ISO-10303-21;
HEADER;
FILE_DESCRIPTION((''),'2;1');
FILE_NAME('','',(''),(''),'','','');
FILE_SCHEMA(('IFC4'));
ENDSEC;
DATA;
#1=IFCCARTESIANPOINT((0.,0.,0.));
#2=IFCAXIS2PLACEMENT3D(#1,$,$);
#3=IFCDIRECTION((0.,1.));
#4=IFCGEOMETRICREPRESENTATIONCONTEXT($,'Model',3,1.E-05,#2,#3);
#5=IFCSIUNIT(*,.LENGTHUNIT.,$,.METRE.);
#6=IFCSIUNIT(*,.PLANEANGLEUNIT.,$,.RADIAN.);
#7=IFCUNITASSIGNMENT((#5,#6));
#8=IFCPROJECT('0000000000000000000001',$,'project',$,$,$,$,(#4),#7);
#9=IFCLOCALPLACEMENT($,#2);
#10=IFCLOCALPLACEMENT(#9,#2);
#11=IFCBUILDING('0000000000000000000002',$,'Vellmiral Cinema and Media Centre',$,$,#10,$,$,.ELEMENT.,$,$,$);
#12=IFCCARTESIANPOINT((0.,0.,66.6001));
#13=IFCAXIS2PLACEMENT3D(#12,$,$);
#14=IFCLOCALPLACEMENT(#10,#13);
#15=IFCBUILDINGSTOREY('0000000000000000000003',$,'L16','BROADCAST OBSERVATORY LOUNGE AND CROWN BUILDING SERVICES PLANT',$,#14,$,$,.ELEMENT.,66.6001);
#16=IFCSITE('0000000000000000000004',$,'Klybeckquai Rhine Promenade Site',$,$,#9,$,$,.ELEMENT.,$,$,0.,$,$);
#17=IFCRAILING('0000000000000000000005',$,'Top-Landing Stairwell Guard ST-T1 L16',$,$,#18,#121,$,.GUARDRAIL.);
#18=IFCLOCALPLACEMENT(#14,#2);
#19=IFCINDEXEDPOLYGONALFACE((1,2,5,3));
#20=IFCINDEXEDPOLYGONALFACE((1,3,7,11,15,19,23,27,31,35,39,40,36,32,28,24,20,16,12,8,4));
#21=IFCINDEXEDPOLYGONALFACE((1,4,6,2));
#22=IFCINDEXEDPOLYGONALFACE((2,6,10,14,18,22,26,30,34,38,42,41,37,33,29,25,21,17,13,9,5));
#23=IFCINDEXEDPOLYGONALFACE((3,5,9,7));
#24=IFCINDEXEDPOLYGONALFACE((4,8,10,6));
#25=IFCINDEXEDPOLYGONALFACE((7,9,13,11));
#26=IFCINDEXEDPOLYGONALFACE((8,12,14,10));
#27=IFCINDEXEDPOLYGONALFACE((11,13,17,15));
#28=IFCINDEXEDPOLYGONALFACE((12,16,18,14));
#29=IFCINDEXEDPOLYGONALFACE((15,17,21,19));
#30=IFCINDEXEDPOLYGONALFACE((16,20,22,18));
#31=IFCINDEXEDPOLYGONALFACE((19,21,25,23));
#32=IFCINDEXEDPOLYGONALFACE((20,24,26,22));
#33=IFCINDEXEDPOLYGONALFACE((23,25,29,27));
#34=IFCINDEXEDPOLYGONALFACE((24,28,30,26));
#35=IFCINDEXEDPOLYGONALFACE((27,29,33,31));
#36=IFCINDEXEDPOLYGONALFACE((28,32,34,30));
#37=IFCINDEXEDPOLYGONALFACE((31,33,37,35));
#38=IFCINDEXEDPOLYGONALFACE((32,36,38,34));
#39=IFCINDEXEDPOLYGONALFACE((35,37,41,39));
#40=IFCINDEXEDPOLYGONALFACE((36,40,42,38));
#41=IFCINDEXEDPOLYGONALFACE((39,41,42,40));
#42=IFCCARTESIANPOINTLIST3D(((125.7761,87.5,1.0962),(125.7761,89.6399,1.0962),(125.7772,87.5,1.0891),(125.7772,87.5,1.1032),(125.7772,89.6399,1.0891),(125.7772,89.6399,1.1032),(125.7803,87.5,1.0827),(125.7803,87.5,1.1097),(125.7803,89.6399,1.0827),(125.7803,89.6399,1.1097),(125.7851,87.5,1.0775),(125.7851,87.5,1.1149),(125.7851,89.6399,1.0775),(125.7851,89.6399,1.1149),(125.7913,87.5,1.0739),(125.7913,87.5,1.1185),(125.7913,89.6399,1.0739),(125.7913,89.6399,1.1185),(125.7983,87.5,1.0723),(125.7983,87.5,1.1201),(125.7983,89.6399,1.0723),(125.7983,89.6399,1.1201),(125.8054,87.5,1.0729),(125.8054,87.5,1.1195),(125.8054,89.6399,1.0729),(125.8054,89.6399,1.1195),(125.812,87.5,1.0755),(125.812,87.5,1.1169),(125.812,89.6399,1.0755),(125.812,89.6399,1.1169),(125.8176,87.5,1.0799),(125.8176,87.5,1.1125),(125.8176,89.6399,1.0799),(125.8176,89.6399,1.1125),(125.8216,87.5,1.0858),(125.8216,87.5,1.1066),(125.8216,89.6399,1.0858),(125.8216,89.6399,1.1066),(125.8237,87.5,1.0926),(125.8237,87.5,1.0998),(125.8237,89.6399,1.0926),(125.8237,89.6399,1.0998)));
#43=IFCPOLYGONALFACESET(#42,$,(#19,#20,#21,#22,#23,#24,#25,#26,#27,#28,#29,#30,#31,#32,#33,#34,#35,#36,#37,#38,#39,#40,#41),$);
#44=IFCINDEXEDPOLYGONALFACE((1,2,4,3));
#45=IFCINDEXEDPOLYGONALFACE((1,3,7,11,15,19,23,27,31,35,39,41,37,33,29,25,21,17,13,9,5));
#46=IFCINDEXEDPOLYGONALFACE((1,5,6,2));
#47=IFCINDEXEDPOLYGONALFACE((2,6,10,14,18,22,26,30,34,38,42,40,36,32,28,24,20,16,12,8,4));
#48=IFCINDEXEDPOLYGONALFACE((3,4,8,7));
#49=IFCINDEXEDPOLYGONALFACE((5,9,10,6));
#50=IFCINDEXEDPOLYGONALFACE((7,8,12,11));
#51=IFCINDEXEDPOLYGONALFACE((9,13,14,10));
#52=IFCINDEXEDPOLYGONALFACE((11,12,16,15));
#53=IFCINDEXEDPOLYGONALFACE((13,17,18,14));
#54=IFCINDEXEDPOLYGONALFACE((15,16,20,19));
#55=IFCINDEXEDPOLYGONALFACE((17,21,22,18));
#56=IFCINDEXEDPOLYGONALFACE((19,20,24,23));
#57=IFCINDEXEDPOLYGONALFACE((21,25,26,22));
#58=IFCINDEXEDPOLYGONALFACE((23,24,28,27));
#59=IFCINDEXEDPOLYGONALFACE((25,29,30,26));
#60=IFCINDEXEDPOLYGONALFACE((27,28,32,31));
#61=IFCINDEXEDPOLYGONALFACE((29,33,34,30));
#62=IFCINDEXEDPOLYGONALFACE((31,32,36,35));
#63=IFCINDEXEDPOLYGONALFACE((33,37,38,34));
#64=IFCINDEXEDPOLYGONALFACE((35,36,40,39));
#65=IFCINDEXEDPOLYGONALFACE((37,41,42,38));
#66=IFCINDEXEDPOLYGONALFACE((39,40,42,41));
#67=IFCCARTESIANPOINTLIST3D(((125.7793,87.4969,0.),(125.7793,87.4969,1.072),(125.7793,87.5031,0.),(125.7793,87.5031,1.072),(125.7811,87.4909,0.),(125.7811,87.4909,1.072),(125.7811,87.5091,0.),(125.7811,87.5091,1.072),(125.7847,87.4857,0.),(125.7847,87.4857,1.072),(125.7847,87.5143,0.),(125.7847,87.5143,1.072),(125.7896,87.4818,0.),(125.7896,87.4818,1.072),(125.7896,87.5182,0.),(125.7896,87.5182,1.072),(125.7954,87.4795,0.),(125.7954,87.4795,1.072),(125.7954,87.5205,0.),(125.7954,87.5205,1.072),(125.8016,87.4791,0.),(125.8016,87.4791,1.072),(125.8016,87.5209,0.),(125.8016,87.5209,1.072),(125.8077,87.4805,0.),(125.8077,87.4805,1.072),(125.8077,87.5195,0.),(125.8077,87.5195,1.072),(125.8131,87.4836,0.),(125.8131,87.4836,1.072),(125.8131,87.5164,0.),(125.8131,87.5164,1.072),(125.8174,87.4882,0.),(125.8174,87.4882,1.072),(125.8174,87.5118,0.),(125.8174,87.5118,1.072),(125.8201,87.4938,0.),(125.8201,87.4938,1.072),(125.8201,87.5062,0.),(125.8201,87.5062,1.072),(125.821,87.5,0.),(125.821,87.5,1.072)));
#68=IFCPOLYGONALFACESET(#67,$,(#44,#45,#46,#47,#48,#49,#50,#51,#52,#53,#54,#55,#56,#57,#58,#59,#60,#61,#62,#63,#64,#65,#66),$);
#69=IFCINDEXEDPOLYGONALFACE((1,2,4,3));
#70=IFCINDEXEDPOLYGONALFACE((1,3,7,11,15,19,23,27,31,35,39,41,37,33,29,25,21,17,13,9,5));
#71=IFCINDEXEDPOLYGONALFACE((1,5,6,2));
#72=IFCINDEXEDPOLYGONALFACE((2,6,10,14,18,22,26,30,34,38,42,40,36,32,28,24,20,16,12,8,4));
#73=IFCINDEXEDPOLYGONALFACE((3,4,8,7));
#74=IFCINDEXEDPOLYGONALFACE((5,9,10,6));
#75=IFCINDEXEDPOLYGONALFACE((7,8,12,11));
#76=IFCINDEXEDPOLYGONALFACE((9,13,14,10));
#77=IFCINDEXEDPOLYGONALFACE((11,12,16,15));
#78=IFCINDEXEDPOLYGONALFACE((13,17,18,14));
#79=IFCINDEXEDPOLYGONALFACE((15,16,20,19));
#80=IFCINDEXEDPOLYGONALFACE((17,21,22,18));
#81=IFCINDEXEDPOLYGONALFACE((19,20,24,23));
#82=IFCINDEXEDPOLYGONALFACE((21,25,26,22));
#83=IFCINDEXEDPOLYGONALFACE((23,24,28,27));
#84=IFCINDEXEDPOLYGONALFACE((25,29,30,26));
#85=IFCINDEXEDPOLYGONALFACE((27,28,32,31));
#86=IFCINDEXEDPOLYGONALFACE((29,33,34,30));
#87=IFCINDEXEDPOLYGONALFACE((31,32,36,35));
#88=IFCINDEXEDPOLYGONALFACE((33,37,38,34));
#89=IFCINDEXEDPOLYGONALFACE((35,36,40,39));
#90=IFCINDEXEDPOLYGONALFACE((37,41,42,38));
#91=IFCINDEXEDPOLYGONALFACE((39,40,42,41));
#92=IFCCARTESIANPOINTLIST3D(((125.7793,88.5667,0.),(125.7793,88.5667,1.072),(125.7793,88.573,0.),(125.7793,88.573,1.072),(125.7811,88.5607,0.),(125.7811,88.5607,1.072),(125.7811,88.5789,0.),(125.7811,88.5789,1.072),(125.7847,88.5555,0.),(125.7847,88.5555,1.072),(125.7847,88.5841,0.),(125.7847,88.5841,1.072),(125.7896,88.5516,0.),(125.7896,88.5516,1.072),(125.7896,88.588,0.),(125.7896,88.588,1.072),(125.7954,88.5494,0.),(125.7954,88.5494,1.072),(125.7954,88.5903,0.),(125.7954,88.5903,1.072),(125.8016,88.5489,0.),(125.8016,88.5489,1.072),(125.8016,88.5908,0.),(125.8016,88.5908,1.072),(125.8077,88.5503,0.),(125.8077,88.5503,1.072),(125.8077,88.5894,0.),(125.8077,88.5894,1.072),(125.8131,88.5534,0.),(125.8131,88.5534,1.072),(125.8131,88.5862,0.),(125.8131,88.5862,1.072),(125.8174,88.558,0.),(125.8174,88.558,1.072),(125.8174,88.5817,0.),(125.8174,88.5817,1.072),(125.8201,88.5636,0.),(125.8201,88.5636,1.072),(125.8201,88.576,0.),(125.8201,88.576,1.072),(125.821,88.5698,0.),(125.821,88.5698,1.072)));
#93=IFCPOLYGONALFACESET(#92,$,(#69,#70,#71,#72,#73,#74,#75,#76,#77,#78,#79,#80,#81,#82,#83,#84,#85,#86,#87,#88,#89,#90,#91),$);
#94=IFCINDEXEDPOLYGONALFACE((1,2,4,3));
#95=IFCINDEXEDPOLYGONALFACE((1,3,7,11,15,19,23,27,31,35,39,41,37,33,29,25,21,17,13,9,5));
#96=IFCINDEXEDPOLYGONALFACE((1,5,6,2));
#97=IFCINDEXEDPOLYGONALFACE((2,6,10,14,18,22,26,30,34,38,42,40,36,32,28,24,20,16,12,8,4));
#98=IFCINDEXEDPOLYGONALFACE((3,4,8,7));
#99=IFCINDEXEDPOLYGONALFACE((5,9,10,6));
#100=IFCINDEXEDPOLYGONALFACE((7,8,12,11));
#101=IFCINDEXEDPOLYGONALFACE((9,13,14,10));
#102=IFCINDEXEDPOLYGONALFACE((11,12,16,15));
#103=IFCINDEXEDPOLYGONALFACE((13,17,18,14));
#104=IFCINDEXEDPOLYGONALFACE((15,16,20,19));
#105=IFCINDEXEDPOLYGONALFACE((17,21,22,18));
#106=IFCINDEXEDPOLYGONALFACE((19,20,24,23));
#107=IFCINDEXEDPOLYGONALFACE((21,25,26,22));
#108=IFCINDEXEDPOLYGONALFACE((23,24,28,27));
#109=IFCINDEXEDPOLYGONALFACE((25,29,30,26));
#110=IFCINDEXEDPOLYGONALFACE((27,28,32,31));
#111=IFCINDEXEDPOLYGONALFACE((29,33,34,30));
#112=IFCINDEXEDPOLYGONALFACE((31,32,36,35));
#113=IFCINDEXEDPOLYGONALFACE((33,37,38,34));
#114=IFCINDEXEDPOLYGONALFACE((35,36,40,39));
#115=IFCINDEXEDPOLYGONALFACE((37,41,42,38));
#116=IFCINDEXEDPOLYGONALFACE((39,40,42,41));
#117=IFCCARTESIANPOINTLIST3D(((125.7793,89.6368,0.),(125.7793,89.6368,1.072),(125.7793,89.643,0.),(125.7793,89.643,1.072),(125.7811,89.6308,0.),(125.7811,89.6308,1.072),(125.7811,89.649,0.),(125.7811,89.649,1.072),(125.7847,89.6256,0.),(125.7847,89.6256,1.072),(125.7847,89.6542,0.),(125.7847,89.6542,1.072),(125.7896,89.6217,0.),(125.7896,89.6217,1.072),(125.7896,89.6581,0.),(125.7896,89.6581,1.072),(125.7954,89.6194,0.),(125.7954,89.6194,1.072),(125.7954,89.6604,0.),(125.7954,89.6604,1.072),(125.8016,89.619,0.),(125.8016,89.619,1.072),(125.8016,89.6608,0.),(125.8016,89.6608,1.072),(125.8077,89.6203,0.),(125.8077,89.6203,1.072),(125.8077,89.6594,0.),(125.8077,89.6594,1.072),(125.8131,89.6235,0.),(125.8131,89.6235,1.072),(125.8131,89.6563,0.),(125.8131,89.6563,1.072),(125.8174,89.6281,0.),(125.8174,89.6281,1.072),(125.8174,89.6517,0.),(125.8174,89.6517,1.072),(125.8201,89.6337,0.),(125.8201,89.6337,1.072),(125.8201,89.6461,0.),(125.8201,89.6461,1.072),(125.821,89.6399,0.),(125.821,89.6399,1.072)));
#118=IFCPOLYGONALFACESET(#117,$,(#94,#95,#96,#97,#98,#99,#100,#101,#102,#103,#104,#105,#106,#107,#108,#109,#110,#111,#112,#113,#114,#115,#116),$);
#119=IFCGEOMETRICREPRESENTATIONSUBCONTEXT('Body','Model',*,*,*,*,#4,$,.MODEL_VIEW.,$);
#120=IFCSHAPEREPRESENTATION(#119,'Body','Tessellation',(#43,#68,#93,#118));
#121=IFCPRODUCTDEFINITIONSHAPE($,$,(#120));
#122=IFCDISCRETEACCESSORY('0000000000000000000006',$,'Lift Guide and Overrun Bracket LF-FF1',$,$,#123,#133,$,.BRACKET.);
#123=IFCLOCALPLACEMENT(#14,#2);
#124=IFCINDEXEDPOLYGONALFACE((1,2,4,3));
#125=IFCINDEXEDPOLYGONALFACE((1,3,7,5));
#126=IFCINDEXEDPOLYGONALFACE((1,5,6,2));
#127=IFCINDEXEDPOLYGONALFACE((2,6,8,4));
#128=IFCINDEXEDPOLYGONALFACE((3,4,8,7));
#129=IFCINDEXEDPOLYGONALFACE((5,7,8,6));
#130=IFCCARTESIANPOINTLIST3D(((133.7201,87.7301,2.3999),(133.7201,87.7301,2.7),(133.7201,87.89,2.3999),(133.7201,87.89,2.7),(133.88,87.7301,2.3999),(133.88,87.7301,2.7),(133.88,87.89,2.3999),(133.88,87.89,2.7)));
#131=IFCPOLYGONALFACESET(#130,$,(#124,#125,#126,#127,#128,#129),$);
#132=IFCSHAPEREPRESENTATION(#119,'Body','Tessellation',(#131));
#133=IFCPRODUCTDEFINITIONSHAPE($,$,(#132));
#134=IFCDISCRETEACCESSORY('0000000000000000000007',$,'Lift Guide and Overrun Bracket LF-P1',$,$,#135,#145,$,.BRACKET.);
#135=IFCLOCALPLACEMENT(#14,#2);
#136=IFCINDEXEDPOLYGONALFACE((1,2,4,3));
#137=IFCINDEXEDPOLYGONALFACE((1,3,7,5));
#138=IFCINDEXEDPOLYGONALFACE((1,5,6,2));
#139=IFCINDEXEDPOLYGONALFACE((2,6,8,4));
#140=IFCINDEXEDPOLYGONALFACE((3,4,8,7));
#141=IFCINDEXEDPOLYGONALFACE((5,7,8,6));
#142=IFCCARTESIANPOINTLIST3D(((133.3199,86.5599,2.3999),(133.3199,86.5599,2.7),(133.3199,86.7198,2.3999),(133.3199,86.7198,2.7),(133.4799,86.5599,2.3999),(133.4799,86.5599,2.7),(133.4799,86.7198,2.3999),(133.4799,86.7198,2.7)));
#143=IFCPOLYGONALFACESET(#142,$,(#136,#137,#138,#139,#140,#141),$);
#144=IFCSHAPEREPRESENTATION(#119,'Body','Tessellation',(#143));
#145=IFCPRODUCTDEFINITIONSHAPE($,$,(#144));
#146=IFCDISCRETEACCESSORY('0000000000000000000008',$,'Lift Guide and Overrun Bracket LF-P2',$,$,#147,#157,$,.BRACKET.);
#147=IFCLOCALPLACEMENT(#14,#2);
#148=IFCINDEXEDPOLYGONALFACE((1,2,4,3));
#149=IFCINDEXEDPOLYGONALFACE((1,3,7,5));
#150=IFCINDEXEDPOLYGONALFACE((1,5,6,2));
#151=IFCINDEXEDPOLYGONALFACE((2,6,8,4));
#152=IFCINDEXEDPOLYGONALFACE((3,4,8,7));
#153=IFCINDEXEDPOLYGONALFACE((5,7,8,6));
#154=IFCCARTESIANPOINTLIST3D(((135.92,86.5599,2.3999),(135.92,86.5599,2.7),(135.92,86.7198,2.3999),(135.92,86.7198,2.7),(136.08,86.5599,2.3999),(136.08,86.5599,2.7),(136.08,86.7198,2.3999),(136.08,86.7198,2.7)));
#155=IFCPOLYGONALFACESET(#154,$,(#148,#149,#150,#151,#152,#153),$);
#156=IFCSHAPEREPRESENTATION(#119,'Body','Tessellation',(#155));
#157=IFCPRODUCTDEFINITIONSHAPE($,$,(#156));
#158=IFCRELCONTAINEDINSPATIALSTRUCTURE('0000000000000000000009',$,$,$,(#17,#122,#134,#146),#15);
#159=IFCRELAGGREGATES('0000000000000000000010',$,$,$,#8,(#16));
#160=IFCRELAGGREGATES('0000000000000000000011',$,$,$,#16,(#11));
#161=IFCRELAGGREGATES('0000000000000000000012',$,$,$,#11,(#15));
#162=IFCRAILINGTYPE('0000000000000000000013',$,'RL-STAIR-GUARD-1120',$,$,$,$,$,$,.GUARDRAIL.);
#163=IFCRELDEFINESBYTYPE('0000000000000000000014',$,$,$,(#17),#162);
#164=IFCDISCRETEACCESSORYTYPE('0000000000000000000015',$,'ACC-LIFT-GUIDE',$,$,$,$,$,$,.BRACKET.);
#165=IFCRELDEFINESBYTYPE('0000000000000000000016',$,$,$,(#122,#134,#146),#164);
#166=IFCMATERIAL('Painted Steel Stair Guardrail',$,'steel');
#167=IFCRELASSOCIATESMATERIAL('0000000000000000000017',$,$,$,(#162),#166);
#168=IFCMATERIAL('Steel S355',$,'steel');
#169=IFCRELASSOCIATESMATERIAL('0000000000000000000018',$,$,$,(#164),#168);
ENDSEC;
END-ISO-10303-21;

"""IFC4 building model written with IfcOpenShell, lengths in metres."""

from ifc_helpers import new_model, si_unit, direction, frame, origin, origin_2d, place, context, subcontext, project, spatial, rectangle, circle, extrude, material, type_object, element, save


model = new_model("IFC4")

# Units and contexts
model_context = context("Model", 3, precision=1e-05, world=origin(), true_north=direction((0.0, 1.0)))
body_context = subcontext(model_context, "Body", "Model", "MODEL_VIEW")
ifc_project = project(units=[si_unit("LENGTHUNIT", "METRE"), si_unit("PLANEANGLEUNIT", "RADIAN")], contexts=[model_context])

# Site, building, storey
site_placement = place(None, origin())
site = spatial("IfcSite", under=ifc_project, at=site_placement, Name="Klybeckquai Rhine Promenade Site", CompositionType="ELEMENT", RefElevation=0.0)
building_placement = place(site_placement, origin())
building = spatial("IfcBuilding", under=site, at=building_placement, Name="Vellmiral Cinema and Media Centre", CompositionType="ELEMENT")
storey_placement = place(building_placement, frame((0.0, 0.0, 66.6001)))
storey = spatial("IfcBuildingStorey", under=building, at=storey_placement, Name="L16", Description="BROADCAST OBSERVATORY LOUNGE AND CROWN BUILDING SERVICES PLANT", CompositionType="ELEMENT", Elevation=66.6001)

# Railing
ifc_material_1 = material(Name="Painted Steel Stair Guardrail", Category="steel")
railing_type = type_object("IfcRailingType", Name="RL-STAIR-GUARD-1120", PredefinedType="GUARDRAIL", material=ifc_material_1)
railing_placement = place(storey_placement, frame((125.8, 87.5, 0.0)))
element("IfcRailing", 1, at=railing_placement, inside=storey, type_object=railing_type, Name="Top-Landing Stairwell Guard ST-T1 L16", PredefinedType="GUARDRAIL", context=body_context, shape_type="SweptSolid", body=[
    extrude(circle(Radius=0.0239, at=origin_2d()), frame((0.0, 0.0, 1.0962), z_axis=(0.0, 1.0, 0.0), x_axis=(-1.0, 0.0, 0.0)), (0.0, 0.0, 1.0), 2.1399),
    extrude(circle(Radius=0.021, at=origin_2d()), origin(), (0.0, 0.0, 1.0), 1.072),
    extrude(circle(Radius=0.021, at=origin_2d()), frame((0.0, 1.0698, 0.0)), (0.0, 0.0, 1.0), 1.072),
    extrude(circle(Radius=0.021, at=origin_2d()), frame((0.0, 2.1399, 0.0)), (0.0, 0.0, 1.0), 1.072),
])

# Discrete accessories
ifc_material_2 = material(Name="Steel S355", Category="steel")
discrete_accessory_type = type_object("IfcDiscreteAccessoryType", Name="ACC-LIFT-GUIDE", PredefinedType="BRACKET", material=ifc_material_2)
for number, where, z_axis, x_axis, name in (
    (2, (133.8, 87.8101, 2.3999), (0.0, 0.0, 1.0), (1.0, 0.0, 0.0), "Lift Guide and Overrun Bracket LF-FF1"),
    (3, (133.3999, 86.6399, 2.3999), (0.0, 0.0, 1.0), (1.0, 0.0, 0.0), "Lift Guide and Overrun Bracket LF-P1"),
    (4, (136.0, 86.6399, 2.3999), (0.0, 0.0, 1.0), (1.0, 0.0, 0.0), "Lift Guide and Overrun Bracket LF-P2"),
):
    element("IfcDiscreteAccessory", number, at=place(storey_placement, frame(where, z_axis=z_axis, x_axis=x_axis)), inside=storey, type_object=discrete_accessory_type, Name=name, PredefinedType="BRACKET", context=body_context, shape_type="SweptSolid", body=[
        extrude(rectangle(XDim=0.1599, YDim=0.1599, at=origin_2d()), origin(), (0.0, 0.0, 1.0), 0.3),
    ])

save(model, "model.ifc")
